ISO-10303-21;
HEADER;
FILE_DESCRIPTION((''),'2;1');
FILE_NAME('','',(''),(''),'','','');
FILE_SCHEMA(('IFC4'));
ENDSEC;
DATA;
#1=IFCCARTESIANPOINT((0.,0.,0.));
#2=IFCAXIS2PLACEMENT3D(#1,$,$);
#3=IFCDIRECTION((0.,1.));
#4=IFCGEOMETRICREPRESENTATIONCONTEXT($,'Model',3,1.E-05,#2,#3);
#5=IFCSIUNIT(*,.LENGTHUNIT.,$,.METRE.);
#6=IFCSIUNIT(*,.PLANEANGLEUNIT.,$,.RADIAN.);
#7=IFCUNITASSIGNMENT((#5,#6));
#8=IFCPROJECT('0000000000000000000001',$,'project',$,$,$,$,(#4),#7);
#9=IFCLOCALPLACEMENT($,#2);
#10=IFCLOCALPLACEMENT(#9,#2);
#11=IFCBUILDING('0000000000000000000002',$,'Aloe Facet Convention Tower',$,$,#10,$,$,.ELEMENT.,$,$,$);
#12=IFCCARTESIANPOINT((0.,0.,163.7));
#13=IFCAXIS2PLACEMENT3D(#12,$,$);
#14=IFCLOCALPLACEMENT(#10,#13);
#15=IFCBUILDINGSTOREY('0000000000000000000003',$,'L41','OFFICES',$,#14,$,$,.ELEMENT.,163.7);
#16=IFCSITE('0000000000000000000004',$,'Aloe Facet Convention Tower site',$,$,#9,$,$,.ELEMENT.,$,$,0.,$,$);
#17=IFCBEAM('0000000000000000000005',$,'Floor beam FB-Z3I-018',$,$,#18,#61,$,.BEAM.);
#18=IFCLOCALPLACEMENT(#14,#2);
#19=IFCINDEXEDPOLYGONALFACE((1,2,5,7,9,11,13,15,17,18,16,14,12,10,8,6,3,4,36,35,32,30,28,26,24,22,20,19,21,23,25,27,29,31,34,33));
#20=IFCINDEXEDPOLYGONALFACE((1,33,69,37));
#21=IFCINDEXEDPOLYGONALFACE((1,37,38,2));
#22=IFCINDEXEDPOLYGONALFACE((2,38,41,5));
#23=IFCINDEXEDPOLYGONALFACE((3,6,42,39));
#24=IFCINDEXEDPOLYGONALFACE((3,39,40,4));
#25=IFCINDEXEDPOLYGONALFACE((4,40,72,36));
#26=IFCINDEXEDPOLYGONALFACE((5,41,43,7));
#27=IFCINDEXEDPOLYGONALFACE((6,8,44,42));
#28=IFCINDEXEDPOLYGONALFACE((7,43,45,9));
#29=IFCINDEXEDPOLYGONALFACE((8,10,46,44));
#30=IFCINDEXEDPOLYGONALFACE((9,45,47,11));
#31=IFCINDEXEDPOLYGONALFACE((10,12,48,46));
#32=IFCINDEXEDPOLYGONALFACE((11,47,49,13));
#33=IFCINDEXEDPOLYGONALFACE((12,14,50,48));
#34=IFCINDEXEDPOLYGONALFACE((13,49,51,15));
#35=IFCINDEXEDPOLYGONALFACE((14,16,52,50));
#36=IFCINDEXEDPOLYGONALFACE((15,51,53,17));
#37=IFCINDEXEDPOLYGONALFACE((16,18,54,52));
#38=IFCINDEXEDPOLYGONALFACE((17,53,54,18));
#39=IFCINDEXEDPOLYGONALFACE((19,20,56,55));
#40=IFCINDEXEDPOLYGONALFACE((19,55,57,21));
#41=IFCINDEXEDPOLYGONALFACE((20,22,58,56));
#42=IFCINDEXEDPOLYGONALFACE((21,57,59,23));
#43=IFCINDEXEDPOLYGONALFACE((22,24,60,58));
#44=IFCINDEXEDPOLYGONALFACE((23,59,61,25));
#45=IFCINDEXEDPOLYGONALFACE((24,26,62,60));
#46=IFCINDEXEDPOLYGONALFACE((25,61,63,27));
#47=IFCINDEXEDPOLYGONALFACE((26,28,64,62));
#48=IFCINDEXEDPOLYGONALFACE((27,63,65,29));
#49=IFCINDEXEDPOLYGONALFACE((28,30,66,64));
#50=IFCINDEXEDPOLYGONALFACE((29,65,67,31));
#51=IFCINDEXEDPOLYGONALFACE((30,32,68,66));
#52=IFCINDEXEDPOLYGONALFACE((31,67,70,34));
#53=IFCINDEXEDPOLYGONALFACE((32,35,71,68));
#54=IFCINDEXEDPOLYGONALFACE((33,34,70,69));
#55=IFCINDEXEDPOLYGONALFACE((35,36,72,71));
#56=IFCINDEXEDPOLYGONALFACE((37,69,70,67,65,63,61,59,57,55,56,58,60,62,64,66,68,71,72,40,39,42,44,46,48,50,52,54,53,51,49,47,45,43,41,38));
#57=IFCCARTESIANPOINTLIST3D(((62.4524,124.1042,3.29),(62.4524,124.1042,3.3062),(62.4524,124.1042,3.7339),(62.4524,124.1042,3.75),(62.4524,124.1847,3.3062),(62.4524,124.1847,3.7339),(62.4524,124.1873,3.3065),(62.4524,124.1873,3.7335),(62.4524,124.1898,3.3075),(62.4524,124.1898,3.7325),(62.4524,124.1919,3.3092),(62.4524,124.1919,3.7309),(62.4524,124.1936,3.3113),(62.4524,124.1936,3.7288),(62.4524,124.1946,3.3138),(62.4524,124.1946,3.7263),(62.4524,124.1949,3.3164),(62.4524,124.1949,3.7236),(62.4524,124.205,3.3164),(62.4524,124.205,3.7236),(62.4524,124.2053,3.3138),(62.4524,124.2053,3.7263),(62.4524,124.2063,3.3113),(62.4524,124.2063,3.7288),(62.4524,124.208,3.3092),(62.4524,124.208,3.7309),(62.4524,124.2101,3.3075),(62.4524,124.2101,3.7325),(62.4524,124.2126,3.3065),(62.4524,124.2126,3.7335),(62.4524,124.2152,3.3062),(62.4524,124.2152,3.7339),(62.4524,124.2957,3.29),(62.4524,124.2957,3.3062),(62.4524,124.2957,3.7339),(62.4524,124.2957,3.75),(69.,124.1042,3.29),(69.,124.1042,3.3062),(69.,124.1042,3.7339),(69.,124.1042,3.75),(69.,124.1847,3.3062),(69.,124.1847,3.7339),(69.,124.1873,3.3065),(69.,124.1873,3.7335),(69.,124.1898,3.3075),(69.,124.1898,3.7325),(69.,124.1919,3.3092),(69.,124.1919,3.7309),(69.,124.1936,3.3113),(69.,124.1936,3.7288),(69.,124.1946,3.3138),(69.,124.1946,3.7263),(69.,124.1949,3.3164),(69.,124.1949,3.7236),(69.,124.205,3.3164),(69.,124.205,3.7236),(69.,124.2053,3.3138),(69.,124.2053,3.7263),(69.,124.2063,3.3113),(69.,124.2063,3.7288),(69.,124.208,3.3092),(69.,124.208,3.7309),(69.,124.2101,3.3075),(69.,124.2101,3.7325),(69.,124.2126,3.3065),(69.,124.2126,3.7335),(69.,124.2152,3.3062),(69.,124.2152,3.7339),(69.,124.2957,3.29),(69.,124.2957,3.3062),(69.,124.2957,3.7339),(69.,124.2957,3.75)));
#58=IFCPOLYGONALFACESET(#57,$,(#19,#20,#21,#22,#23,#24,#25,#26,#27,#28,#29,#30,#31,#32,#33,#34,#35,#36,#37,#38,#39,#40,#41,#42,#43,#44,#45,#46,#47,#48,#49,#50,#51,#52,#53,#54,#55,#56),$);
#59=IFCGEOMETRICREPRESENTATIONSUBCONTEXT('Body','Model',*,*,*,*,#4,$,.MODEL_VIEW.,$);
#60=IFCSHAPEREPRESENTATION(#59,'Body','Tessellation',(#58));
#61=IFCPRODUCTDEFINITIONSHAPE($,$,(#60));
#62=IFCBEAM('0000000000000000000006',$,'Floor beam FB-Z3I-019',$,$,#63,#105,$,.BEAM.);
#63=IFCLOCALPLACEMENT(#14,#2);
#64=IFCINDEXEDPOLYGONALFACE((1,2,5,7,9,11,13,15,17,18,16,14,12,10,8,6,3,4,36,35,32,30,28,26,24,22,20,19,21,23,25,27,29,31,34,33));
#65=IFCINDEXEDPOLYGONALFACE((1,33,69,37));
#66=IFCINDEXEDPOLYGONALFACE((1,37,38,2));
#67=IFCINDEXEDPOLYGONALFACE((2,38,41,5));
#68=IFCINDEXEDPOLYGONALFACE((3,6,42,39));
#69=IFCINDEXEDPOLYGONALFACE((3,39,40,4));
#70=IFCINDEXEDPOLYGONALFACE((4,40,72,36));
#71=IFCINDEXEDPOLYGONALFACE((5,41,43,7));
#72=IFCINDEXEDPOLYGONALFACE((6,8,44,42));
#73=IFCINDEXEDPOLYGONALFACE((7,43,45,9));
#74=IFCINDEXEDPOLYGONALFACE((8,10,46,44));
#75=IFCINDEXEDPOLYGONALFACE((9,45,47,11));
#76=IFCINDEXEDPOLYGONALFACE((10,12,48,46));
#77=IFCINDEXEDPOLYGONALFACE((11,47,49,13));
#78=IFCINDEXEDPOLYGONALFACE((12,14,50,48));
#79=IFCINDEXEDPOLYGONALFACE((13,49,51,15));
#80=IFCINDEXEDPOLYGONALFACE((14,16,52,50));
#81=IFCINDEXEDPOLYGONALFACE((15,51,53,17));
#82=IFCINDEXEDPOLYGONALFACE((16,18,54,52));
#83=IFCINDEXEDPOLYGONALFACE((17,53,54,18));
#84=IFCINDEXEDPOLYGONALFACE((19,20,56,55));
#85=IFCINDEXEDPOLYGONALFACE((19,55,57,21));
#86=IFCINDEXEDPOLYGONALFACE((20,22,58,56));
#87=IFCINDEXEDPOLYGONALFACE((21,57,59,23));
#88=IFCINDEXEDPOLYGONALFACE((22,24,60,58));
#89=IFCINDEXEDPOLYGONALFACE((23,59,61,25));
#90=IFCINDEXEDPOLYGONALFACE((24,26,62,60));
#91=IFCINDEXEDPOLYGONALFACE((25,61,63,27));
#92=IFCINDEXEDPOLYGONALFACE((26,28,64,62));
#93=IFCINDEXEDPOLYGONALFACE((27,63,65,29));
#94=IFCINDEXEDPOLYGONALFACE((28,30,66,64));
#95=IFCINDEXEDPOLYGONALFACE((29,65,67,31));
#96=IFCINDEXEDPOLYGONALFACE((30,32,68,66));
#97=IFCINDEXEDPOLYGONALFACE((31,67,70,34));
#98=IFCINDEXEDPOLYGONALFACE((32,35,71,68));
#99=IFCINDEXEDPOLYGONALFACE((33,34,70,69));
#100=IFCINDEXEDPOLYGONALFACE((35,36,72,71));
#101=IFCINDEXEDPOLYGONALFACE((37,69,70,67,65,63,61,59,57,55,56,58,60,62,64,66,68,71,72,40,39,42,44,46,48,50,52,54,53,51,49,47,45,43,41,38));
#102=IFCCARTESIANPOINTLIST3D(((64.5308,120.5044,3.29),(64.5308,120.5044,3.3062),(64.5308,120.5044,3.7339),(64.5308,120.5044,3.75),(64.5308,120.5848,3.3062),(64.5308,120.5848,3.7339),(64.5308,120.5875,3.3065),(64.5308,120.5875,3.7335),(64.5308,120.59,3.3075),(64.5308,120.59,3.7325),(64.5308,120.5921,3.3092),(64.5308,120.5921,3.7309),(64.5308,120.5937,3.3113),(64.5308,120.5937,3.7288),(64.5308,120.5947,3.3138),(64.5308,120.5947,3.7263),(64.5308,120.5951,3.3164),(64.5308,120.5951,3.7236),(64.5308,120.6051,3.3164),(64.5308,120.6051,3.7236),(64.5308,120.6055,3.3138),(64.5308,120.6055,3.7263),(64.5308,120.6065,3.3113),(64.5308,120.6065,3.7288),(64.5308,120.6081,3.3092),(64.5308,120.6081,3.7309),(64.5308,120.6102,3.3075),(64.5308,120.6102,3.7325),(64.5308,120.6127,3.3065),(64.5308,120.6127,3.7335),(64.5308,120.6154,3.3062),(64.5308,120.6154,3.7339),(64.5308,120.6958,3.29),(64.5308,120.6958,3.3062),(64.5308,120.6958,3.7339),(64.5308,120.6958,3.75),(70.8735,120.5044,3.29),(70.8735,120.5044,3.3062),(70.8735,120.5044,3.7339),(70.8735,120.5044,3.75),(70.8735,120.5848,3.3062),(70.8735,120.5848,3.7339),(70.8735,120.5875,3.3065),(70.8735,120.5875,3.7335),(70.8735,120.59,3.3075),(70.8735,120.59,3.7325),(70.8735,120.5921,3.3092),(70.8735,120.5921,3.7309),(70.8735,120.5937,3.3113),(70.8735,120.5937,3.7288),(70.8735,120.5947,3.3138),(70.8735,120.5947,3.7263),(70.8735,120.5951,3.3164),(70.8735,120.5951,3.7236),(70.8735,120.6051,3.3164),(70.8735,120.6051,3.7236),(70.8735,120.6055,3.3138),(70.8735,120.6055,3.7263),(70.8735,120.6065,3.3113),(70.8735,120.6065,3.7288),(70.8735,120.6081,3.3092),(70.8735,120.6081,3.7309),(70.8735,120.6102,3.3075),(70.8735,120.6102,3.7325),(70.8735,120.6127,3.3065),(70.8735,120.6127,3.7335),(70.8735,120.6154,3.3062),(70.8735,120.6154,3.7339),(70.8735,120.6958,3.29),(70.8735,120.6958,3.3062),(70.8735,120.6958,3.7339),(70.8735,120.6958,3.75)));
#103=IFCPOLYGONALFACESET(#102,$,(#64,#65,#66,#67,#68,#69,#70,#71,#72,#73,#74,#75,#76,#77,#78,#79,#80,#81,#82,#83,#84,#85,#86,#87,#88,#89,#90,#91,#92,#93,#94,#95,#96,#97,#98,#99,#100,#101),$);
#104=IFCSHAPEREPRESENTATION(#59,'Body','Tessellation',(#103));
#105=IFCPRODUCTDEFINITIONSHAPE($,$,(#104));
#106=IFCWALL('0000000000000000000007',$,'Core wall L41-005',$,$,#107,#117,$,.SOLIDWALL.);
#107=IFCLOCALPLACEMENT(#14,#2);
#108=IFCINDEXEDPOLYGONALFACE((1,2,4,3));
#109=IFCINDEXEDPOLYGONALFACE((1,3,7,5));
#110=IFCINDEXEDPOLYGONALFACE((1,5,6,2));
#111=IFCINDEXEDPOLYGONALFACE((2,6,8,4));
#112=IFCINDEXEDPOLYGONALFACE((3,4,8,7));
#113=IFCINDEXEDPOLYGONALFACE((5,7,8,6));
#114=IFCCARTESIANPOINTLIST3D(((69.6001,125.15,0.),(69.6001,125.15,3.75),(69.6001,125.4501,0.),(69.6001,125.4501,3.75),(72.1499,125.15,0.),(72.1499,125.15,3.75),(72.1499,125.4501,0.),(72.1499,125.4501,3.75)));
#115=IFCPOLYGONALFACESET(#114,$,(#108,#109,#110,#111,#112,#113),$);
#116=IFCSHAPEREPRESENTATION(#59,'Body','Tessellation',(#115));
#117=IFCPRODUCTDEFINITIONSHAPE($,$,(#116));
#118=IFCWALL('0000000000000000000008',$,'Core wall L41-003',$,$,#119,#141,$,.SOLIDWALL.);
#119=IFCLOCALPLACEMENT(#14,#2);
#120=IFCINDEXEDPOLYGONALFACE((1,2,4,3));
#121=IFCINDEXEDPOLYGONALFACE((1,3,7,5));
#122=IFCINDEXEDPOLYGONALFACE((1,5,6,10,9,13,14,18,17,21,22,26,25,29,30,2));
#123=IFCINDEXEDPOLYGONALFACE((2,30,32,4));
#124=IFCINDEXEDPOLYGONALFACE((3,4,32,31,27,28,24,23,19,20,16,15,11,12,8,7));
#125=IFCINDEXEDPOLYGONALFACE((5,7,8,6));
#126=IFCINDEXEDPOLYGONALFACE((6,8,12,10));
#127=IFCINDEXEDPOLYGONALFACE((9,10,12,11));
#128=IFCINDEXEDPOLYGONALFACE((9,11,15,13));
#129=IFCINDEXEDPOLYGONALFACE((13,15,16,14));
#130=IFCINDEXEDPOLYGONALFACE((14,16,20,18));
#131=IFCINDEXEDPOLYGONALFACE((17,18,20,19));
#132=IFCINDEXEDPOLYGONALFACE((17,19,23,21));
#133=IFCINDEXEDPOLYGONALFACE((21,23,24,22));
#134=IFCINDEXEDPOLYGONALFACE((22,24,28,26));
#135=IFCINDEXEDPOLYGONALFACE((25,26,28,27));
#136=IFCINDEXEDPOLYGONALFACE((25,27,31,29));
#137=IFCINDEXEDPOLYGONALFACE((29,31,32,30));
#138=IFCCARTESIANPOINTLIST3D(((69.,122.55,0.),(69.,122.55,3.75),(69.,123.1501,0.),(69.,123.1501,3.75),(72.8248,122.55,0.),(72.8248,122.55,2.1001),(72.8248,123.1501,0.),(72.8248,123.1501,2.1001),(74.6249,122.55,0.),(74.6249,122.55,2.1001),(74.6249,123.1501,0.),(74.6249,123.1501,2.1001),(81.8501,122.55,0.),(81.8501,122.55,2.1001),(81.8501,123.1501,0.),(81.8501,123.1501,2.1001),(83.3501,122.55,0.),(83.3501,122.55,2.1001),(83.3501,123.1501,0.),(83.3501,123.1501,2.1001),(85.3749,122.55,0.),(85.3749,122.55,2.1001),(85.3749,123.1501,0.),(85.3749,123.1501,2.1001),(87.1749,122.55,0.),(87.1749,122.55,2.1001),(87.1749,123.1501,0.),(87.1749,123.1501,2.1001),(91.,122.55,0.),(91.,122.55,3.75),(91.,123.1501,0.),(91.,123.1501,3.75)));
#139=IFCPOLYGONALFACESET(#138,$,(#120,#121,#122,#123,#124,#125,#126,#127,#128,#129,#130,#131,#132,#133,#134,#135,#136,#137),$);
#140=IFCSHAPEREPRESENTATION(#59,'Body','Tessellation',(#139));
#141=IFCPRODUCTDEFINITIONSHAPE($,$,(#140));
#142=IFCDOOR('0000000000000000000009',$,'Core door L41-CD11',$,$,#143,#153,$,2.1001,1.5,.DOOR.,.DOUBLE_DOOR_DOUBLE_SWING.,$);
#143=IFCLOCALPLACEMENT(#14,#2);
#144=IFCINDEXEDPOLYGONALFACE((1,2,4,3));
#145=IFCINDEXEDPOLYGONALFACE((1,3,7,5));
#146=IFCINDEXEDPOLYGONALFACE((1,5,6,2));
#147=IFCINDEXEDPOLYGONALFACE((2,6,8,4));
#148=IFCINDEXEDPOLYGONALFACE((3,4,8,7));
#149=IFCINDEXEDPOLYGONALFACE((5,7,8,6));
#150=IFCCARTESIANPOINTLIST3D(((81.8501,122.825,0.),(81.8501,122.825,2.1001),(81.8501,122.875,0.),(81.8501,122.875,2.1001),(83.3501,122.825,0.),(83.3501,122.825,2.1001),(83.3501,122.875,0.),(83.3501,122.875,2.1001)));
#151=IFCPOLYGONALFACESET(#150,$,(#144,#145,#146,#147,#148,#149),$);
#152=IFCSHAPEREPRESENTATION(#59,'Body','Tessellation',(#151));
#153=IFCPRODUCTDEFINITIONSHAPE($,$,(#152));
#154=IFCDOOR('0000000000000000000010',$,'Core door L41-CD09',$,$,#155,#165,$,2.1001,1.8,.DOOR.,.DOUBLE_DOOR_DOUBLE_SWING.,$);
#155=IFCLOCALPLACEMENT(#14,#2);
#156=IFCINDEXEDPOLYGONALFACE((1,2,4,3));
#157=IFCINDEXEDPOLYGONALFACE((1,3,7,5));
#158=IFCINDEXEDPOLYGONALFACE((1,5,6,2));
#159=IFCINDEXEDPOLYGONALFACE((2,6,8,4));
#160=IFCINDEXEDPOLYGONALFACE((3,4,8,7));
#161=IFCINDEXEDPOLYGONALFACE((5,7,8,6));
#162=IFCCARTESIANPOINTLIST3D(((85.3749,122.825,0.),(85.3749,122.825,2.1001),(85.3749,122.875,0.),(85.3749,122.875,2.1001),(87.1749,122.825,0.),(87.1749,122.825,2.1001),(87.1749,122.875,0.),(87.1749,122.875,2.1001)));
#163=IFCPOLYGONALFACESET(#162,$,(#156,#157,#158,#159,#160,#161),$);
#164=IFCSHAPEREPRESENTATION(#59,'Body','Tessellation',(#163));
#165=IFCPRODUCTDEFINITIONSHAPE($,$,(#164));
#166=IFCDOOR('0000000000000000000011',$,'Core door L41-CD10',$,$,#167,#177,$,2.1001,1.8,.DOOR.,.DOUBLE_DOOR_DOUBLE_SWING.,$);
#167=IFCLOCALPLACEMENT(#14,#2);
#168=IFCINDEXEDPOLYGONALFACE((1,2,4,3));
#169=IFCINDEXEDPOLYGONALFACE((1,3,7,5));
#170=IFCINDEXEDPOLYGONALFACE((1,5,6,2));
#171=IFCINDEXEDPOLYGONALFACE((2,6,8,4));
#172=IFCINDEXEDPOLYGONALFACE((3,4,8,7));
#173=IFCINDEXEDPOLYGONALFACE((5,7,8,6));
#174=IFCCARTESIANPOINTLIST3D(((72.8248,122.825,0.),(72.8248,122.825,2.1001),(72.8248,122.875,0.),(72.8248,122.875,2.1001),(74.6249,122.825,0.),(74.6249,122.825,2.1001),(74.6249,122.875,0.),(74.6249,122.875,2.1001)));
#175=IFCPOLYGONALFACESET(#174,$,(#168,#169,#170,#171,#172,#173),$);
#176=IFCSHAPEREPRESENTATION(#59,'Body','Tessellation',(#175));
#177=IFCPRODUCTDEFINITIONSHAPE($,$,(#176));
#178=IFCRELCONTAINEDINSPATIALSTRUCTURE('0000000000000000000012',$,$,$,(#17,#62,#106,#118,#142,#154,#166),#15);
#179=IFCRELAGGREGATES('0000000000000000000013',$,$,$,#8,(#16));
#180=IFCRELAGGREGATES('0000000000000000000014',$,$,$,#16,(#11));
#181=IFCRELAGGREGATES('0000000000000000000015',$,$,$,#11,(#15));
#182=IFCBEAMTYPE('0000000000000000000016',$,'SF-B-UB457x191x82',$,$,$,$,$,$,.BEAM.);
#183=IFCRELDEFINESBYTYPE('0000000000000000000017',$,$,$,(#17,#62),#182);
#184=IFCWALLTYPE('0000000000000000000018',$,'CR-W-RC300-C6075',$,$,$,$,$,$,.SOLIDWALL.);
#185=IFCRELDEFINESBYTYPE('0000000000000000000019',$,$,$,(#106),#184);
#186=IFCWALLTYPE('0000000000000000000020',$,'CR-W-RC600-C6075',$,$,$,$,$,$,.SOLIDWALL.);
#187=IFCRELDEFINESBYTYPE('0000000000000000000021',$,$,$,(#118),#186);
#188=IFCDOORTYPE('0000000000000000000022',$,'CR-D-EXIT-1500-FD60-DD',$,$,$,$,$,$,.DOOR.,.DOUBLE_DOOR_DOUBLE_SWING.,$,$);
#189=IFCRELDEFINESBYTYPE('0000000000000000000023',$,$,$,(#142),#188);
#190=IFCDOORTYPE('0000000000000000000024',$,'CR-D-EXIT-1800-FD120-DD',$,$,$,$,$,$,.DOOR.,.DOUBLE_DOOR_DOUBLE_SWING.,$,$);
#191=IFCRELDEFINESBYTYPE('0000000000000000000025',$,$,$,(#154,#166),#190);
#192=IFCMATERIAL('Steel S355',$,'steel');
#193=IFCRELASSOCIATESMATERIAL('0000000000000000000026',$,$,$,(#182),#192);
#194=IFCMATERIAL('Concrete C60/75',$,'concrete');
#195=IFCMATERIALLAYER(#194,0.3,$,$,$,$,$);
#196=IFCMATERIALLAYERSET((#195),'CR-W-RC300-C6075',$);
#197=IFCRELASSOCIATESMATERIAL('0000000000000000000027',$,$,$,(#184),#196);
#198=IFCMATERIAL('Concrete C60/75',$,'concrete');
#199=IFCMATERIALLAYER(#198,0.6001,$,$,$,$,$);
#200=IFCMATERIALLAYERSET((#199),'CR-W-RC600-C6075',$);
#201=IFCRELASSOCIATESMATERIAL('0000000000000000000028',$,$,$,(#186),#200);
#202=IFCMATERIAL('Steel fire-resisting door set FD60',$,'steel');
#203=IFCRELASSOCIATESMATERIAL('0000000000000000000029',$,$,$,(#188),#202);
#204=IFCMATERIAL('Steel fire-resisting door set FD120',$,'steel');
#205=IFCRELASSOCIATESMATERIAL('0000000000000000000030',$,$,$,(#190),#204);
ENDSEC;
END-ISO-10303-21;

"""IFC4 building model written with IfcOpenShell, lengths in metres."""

from ifc_helpers import new_model, si_unit, direction, frame, frame_2d, origin, origin_2d, place, context, subcontext, project, spatial, rectangle, i_section, extrude, material, layer, layer_set, material_profile, profile_set, type_object, element, fill, save


model = new_model("IFC4")

# Units and contexts
model_context = context("Model", 3, precision=1e-05, world=origin(), true_north=direction((0.0, 1.0)))
body_context = subcontext(model_context, "Body", "Model", "MODEL_VIEW")
ifc_project = project(units=[si_unit("LENGTHUNIT", "METRE"), si_unit("PLANEANGLEUNIT", "RADIAN")], contexts=[model_context])

# Site, building, storey
site_placement = place(None, origin())
site = spatial("IfcSite", under=ifc_project, at=site_placement, Name="Aloe Facet Convention Tower site", CompositionType="ELEMENT", RefElevation=0.0)
building_placement = place(site_placement, origin())
building = spatial("IfcBuilding", under=site, at=building_placement, Name="Aloe Facet Convention Tower", CompositionType="ELEMENT")
storey_placement = place(building_placement, frame((0.0, 0.0, 163.7)))
storey = spatial("IfcBuildingStorey", under=building, at=storey_placement, Name="L41", Description="OFFICES", CompositionType="ELEMENT", Elevation=163.7)

# Beams
ifc_material_1 = material(Name="Steel S355", Category="steel")
ifc_material_profile = material_profile(ifc_material_1, i_section(OverallWidth=0.1914, OverallDepth=0.46, WebThickness=0.01, FlangeThickness=0.0161, FilletRadius=0.0103, at=origin_2d()), Name="UB 457x191x82")
ifc_profile_set = profile_set([ifc_material_profile], Name="Steel S355")
beam_type = type_object("IfcBeamType", Name="SF-B-UB457x191x82", PredefinedType="BEAM", material=ifc_profile_set)
beam_1_placement = place(storey_placement, frame((62.4524, 124.2, 3.52), z_axis=(1.0, 0.0, 0.0), x_axis=(0.0, 1.0, 0.0)))
element("IfcBeam", 1, at=beam_1_placement, inside=storey, type_object=beam_type, Name="Floor beam FB-Z3I-018", PredefinedType="BEAM", context=body_context, shape_type="SweptSolid", body=[
    extrude(i_section(OverallWidth=0.1914, OverallDepth=0.46, WebThickness=0.01, FlangeThickness=0.0161, FilletRadius=0.0103, at=origin_2d()), origin(), (0.0, 0.0, 1.0), 6.5476),
])
beam_2_placement = place(storey_placement, frame((64.5308, 120.6001, 3.52), z_axis=(1.0, 0.0, 0.0), x_axis=(0.0, 1.0, 0.0)))
element("IfcBeam", 2, at=beam_2_placement, inside=storey, type_object=beam_type, Name="Floor beam FB-Z3I-019", PredefinedType="BEAM", context=body_context, shape_type="SweptSolid", body=[
    extrude(i_section(OverallWidth=0.1914, OverallDepth=0.46, WebThickness=0.01, FlangeThickness=0.0161, FilletRadius=0.0103, at=origin_2d()), origin(), (0.0, 0.0, 1.0), 6.3428),
])

# Wall
ifc_material_2 = material(Name="Concrete C60/75", Category="concrete")
ifc_layer_1 = layer(ifc_material_2, 0.3)
ifc_layer_set_1 = layer_set([ifc_layer_1], Name="CR-W-RC300-C6075")
wall_type_1 = type_object("IfcWallType", Name="CR-W-RC300-C6075", PredefinedType="SOLIDWALL", material=ifc_layer_set_1)
wall_1_placement = place(storey_placement, frame((69.6001, 125.3, 0.0), z_axis=(0.0, 0.0, 1.0), x_axis=(1.0, 0.0, 0.0)))
element("IfcWall", 3, at=wall_1_placement, inside=storey, type_object=wall_type_1, Name="Core wall L41-005", PredefinedType="SOLIDWALL", context=body_context, shape_type="SweptSolid", body=[
    extrude(rectangle(XDim=2.5498, YDim=0.3, at=frame_2d((1.2749, 0.0))), origin(), (0.0, 0.0, 1.0), 3.75),
])

# Wall, openings, doors
ifc_material_3 = material(Name="Concrete C60/75", Category="concrete")
ifc_layer_2 = layer(ifc_material_3, 0.6001)
ifc_layer_set_2 = layer_set([ifc_layer_2], Name="CR-W-RC600-C6075")
wall_type_2 = type_object("IfcWallType", Name="CR-W-RC600-C6075", PredefinedType="SOLIDWALL", material=ifc_layer_set_2)
wall_2_placement = place(storey_placement, frame((69.0, 122.8501, 0.0), z_axis=(0.0, 0.0, 1.0), x_axis=(1.0, 0.0, 0.0)))
wall_2 = element("IfcWall", 4, at=wall_2_placement, inside=storey, type_object=wall_type_2, Name="Core wall L41-003", PredefinedType="SOLIDWALL", context=body_context, shape_type="SweptSolid", body=[
    extrude(rectangle(XDim=22.0, YDim=0.6001, at=frame_2d((11.0, 0.0))), origin(), (0.0, 0.0, 1.0), 3.75),
])
opening_1_placement = place(wall_2_placement, frame((16.375, 0.0, 0.0)))
opening_1 = element("IfcOpeningElement", 5, at=opening_1_placement, cuts=wall_2, PredefinedType="OPENING", context=body_context, shape_type="SweptSolid", body=[
    extrude(rectangle(XDim=1.8, YDim=2.1001, at=frame_2d((0.8999, 1.05))), frame((0.0, 0.3101, 0.0), z_axis=(0.0, -1.0, 0.0), x_axis=(1.0, 0.0, 0.0)), (0.0, 0.0, 1.0), 0.6201),
])
opening_2_placement = place(wall_2_placement, frame((3.825, 0.0, 0.0)))
opening_2 = element("IfcOpeningElement", 6, at=opening_2_placement, cuts=wall_2, PredefinedType="OPENING", context=body_context, shape_type="SweptSolid", body=[
    extrude(rectangle(XDim=1.8, YDim=2.1001, at=frame_2d((0.8999, 1.05))), frame((0.0, 0.3101, 0.0), z_axis=(0.0, -1.0, 0.0), x_axis=(1.0, 0.0, 0.0)), (0.0, 0.0, 1.0), 0.6201),
])
opening_3_placement = place(wall_2_placement, frame((12.8501, 0.0, 0.0)))
opening_3 = element("IfcOpeningElement", 7, at=opening_3_placement, cuts=wall_2, PredefinedType="OPENING", context=body_context, shape_type="SweptSolid", body=[
    extrude(rectangle(XDim=1.5, YDim=2.1001, at=frame_2d((0.75, 1.05))), frame((0.0, 0.3101, 0.0), z_axis=(0.0, -1.0, 0.0), x_axis=(1.0, 0.0, 0.0)), (0.0, 0.0, 1.0), 0.6201),
])
ifc_material_4 = material(Name="Steel fire-resisting door set FD60", Category="steel")
door_type_1 = type_object("IfcDoorType", Name="CR-D-EXIT-1500-FD60-DD", OperationType="DOUBLE_DOOR_DOUBLE_SWING", PredefinedType="DOOR", material=ifc_material_4)
door_1_placement = place(opening_3_placement, origin())
door_1 = element("IfcDoor", 8, at=door_1_placement, inside=storey, type_object=door_type_1, Name="Core door L41-CD11", OperationType="DOUBLE_DOOR_DOUBLE_SWING", OverallHeight=2.1001, OverallWidth=1.5, PredefinedType="DOOR", context=body_context, shape_type="SweptSolid", body=[
    extrude(rectangle(XDim=1.5, YDim=2.1001, at=frame_2d((0.75, 1.05))), frame((0.0, 0.0249, 0.0), z_axis=(0.0, -1.0, 0.0), x_axis=(1.0, 0.0, 0.0)), (0.0, 0.0, 1.0), 0.05),
])
fill(opening_3, door_1)
ifc_material_5 = material(Name="Steel fire-resisting door set FD120", Category="steel")
door_type_2 = type_object("IfcDoorType", Name="CR-D-EXIT-1800-FD120-DD", OperationType="DOUBLE_DOOR_DOUBLE_SWING", PredefinedType="DOOR", material=ifc_material_5)
door_2_placement = place(opening_1_placement, origin())
door_2 = element("IfcDoor", 9, at=door_2_placement, inside=storey, type_object=door_type_2, Name="Core door L41-CD09", OperationType="DOUBLE_DOOR_DOUBLE_SWING", OverallHeight=2.1001, OverallWidth=1.8, PredefinedType="DOOR", context=body_context, shape_type="SweptSolid", body=[
    extrude(rectangle(XDim=1.8, YDim=2.1001, at=frame_2d((0.8999, 1.05))), frame((0.0, 0.0249, 0.0), z_axis=(0.0, -1.0, 0.0), x_axis=(1.0, 0.0, 0.0)), (0.0, 0.0, 1.0), 0.05),
])
fill(opening_1, door_2)
door_3_placement = place(opening_2_placement, origin())
door_3 = element("IfcDoor", 10, at=door_3_placement, inside=storey, type_object=door_type_2, Name="Core door L41-CD10", OperationType="DOUBLE_DOOR_DOUBLE_SWING", OverallHeight=2.1001, OverallWidth=1.8, PredefinedType="DOOR", context=body_context, shape_type="SweptSolid", body=[
    extrude(rectangle(XDim=1.8, YDim=2.1001, at=frame_2d((0.8999, 1.05))), frame((0.0, 0.0249, 0.0), z_axis=(0.0, -1.0, 0.0), x_axis=(1.0, 0.0, 0.0)), (0.0, 0.0, 1.0), 0.05),
])
fill(opening_2, door_3)

save(model, "model.ifc")
